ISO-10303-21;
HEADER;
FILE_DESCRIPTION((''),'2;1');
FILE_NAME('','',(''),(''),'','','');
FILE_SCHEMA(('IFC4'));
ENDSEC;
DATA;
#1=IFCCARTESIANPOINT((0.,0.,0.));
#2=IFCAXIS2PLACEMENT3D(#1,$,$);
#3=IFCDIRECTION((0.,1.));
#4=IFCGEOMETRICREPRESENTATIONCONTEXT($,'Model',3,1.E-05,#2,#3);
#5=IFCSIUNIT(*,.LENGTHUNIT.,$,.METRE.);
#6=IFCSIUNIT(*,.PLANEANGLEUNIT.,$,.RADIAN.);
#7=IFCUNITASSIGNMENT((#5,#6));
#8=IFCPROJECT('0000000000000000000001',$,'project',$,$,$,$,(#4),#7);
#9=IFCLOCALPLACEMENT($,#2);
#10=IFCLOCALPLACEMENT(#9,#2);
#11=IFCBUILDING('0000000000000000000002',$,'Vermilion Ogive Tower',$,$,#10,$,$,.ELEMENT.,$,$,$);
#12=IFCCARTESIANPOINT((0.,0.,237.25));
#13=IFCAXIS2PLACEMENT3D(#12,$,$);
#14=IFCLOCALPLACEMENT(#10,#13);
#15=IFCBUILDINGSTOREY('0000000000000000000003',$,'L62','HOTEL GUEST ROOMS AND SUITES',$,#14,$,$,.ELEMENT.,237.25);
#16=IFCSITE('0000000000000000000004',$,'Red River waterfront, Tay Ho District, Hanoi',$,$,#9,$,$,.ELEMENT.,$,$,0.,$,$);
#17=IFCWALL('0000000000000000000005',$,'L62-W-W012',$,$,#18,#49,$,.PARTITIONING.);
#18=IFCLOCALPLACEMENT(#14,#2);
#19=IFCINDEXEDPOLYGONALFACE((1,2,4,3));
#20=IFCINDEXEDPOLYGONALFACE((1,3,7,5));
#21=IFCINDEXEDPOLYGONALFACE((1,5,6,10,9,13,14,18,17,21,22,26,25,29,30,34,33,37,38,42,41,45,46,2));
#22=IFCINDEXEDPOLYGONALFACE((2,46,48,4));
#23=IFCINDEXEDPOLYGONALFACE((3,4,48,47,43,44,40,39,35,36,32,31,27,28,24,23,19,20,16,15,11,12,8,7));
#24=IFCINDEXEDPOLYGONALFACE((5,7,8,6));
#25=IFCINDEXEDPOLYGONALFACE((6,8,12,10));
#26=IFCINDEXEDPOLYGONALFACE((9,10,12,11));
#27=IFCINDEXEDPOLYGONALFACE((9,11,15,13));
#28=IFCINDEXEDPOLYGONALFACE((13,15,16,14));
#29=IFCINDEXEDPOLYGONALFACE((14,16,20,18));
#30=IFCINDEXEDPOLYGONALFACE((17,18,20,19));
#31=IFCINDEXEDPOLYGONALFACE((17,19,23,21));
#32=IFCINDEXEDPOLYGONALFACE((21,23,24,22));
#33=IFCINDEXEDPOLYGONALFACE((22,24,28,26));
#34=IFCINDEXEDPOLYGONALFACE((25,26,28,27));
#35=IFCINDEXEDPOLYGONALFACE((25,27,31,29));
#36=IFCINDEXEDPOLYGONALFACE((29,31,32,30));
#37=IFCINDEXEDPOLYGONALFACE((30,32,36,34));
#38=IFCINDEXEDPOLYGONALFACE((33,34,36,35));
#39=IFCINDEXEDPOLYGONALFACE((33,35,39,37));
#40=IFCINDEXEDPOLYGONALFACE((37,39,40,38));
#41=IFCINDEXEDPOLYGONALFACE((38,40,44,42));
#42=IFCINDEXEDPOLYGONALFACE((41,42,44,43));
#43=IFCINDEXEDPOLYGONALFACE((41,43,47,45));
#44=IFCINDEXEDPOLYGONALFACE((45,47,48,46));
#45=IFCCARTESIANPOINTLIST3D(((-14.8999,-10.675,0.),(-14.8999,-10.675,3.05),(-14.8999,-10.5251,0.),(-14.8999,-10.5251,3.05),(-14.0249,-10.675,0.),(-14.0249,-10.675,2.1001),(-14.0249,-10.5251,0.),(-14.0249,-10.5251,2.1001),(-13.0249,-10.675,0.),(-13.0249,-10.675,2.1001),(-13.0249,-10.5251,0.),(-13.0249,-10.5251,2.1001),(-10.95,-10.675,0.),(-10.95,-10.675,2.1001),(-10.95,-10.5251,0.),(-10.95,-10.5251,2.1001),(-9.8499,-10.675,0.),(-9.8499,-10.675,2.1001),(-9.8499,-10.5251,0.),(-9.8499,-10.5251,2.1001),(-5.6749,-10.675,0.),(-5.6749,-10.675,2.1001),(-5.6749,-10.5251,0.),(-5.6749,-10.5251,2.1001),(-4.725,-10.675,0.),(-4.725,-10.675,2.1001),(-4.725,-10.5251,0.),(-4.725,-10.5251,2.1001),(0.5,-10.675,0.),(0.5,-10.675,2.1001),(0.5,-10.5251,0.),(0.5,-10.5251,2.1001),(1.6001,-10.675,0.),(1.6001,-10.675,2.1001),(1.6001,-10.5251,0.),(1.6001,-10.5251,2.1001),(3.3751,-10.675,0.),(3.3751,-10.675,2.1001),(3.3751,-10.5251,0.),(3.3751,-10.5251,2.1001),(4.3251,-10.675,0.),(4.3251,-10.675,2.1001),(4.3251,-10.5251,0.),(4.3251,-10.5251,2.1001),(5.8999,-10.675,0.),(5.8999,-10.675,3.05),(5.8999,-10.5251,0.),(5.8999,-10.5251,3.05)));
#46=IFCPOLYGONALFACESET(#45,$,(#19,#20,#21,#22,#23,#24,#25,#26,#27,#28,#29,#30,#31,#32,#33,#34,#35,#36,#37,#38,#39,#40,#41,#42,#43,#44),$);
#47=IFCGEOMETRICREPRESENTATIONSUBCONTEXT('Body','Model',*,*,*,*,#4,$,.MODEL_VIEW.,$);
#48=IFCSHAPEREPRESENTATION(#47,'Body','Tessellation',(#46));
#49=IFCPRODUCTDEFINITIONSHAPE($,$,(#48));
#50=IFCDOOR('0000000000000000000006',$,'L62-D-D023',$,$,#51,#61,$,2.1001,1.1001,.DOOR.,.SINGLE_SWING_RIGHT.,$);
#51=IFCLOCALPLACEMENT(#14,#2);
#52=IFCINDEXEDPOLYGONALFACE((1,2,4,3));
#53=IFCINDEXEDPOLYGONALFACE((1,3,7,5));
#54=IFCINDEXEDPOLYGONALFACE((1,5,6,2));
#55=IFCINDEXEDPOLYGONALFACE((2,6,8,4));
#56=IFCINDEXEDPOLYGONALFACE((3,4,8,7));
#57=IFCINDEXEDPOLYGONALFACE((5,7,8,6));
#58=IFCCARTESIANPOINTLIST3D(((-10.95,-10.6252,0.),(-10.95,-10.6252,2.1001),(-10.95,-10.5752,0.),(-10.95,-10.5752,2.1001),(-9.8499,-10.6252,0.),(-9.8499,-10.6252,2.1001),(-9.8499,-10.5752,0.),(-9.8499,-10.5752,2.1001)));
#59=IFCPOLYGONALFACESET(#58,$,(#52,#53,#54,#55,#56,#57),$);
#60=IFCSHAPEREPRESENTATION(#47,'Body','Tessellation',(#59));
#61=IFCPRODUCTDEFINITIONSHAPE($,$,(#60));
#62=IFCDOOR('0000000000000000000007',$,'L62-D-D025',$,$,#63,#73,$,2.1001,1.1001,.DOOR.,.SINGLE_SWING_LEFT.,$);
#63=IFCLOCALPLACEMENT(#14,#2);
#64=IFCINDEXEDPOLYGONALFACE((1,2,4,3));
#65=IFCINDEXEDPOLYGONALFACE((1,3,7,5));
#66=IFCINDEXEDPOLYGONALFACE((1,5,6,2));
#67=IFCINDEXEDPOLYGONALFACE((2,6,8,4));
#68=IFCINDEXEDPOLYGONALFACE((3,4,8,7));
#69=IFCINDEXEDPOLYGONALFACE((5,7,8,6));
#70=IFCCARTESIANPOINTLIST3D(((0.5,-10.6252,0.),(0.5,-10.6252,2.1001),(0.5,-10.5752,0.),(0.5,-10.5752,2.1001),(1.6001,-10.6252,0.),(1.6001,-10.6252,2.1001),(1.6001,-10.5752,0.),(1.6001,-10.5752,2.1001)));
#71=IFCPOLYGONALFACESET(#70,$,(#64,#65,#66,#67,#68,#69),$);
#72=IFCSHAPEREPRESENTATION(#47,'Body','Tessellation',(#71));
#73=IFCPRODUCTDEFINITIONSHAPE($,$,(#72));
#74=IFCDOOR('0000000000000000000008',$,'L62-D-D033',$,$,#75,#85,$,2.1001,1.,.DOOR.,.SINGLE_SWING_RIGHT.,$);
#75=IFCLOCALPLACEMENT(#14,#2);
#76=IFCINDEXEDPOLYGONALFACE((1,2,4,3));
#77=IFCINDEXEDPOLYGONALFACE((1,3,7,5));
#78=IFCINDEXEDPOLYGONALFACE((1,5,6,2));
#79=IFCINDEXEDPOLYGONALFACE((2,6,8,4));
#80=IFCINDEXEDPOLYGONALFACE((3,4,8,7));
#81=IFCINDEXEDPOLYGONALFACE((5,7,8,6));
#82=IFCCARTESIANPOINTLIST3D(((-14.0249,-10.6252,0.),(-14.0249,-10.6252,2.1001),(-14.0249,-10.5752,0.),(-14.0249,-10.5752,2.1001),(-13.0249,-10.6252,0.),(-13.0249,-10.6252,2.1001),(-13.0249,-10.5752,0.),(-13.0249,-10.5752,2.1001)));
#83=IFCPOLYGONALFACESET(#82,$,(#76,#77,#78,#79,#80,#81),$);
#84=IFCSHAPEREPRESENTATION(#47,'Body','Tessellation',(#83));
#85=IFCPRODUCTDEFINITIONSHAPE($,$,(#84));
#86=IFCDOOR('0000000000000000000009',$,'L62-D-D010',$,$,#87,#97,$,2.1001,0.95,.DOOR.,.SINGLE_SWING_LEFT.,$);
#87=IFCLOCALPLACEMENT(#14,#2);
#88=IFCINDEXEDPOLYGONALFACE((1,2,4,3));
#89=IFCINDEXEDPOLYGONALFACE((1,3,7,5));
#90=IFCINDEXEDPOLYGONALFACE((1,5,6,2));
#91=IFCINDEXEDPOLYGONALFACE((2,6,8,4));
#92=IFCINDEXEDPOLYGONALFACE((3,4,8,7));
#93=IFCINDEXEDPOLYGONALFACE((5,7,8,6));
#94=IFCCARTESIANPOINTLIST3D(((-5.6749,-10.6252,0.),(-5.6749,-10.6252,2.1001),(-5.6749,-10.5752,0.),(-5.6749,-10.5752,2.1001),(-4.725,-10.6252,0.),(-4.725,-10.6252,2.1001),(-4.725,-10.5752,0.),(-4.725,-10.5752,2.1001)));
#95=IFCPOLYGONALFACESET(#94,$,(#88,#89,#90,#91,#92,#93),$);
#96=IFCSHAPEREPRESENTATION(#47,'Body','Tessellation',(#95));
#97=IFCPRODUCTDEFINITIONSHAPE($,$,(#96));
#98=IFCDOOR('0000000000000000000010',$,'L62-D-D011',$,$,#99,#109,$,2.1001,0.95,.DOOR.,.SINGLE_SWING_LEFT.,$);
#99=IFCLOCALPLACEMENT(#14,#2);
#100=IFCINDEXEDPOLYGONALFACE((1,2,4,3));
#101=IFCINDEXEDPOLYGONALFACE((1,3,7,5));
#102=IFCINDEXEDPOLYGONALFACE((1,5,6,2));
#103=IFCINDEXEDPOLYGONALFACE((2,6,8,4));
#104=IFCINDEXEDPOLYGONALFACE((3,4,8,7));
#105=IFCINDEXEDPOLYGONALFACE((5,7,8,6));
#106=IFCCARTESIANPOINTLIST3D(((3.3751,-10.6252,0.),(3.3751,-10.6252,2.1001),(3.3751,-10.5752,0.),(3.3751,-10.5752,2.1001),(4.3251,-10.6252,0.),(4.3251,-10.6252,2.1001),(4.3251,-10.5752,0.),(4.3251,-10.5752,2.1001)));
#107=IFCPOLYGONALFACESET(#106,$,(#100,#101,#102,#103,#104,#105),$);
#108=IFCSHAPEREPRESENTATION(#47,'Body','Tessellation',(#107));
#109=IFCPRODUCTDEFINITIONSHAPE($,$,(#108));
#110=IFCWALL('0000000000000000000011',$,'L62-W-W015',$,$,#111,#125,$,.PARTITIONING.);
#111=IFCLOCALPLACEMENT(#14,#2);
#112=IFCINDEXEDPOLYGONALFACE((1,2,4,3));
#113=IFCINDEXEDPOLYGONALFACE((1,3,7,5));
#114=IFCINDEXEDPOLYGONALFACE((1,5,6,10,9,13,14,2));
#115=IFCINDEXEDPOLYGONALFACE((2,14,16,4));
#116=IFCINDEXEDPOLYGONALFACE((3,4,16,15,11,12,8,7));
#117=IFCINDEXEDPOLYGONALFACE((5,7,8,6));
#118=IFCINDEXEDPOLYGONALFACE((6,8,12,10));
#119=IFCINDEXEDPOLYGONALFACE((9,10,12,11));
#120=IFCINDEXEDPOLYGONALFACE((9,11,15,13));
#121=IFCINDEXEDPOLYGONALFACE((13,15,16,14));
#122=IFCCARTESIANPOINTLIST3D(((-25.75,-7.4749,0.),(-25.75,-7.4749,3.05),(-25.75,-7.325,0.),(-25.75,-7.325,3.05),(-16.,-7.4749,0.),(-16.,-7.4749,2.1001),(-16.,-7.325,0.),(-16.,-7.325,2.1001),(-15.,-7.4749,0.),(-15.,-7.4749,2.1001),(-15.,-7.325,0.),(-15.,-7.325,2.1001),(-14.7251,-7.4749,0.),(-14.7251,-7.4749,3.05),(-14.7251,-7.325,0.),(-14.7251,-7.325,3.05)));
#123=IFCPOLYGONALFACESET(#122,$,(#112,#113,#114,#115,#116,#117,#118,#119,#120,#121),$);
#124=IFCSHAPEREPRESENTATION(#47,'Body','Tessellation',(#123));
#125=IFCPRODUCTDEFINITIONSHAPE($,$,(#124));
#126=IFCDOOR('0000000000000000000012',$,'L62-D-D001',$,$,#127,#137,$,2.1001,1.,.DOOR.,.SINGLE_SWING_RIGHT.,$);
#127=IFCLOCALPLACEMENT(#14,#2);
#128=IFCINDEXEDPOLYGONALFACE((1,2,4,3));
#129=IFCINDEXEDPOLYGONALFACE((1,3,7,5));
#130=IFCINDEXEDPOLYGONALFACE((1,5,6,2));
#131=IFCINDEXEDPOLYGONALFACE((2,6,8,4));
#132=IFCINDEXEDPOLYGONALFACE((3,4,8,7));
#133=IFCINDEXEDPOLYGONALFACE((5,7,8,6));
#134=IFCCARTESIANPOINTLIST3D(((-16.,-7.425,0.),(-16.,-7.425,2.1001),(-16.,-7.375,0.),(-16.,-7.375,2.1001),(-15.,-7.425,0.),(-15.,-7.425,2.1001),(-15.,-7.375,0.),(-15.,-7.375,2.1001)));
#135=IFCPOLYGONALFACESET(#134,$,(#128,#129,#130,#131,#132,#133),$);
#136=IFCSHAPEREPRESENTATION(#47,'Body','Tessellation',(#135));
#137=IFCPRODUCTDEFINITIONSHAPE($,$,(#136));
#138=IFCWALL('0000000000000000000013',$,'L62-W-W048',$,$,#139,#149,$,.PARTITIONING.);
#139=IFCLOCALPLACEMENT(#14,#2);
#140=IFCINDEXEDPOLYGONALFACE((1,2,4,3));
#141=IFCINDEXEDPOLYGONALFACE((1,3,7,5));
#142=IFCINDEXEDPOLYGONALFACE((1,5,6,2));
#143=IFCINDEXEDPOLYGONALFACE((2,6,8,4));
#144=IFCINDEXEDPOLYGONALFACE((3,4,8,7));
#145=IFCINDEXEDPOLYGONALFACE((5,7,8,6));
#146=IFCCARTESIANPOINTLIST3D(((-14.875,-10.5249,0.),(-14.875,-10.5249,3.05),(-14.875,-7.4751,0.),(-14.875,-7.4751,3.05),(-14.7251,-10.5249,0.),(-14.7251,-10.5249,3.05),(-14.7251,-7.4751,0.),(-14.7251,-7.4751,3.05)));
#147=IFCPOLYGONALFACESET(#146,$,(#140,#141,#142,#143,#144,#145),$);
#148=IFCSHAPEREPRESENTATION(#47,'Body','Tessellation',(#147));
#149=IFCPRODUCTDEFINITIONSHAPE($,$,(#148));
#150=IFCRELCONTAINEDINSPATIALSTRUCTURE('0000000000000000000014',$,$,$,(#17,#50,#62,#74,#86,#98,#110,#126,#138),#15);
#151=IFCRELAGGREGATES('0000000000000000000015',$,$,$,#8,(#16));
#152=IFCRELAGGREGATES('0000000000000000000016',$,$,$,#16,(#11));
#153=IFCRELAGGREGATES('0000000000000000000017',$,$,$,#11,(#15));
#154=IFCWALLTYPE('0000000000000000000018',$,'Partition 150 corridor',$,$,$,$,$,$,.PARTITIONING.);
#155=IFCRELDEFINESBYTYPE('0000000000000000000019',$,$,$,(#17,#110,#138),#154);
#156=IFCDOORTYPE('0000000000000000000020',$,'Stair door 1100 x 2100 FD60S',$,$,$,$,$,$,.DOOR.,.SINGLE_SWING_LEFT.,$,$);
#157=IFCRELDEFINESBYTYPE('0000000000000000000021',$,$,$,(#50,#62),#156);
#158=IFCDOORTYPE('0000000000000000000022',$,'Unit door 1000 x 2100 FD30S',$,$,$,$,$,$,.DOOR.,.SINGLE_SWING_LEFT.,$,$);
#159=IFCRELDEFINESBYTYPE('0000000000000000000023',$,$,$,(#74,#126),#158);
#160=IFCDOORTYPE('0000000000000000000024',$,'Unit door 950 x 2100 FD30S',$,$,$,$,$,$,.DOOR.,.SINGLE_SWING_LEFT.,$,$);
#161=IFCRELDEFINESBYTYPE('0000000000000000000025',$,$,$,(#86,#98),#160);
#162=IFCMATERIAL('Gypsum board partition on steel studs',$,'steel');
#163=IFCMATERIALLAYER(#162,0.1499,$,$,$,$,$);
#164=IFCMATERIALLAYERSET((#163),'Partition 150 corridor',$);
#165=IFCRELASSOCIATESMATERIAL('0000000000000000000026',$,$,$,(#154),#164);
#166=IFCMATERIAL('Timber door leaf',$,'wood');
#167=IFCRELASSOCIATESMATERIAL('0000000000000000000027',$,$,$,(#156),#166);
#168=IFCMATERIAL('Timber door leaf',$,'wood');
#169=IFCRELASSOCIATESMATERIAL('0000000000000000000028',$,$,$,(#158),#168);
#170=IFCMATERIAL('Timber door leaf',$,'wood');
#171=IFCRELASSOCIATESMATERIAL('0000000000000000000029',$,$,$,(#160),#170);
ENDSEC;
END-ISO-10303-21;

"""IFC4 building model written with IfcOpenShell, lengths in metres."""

from ifc_helpers import new_model, si_unit, direction, frame, frame_2d, origin, place, context, subcontext, project, spatial, rectangle, extrude, material, layer, layer_set, type_object, element, fill, save


model = new_model("IFC4")

# Units and contexts
model_context = context("Model", 3, precision=1e-05, world=origin(), true_north=direction((0.0, 1.0)))
body_context = subcontext(model_context, "Body", "Model", "MODEL_VIEW")
ifc_project = project(units=[si_unit("LENGTHUNIT", "METRE"), si_unit("PLANEANGLEUNIT", "RADIAN")], contexts=[model_context])

# Site, building, storey
site_placement = place(None, origin())
site = spatial("IfcSite", under=ifc_project, at=site_placement, Name="Red River waterfront, Tay Ho District, Hanoi", CompositionType="ELEMENT", RefElevation=0.0)
building_placement = place(site_placement, origin())
building = spatial("IfcBuilding", under=site, at=building_placement, Name="Vermilion Ogive Tower", CompositionType="ELEMENT")
storey_placement = place(building_placement, frame((0.0, 0.0, 237.25)))
storey = spatial("IfcBuildingStorey", under=building, at=storey_placement, Name="L62", Description="HOTEL GUEST ROOMS AND SUITES", CompositionType="ELEMENT", Elevation=237.25)

# Wall, openings, doors
ifc_material_1 = material(Name="Gypsum board partition on steel studs", Category="steel")
ifc_layer_1 = layer(ifc_material_1, 0.1499)
ifc_layer_set_1 = layer_set([ifc_layer_1], Name="Partition 150 corridor")
wall_type = type_object("IfcWallType", Name="Partition 150 corridor", PredefinedType="PARTITIONING", material=ifc_layer_set_1)
wall_1_placement = place(storey_placement, frame((-14.8999, -10.6001, 0.0), z_axis=(0.0, 0.0, 1.0), x_axis=(1.0, 0.0, 0.0)))
wall_1 = element("IfcWall", 1, at=wall_1_placement, inside=storey, type_object=wall_type, Name="L62-W-W012", PredefinedType="PARTITIONING", context=body_context, shape_type="SweptSolid", body=[
    extrude(rectangle(XDim=20.7998, YDim=0.1499, at=frame_2d((10.3999, 0.0))), origin(), (0.0, 0.0, 1.0), 3.05),
])
opening_1_placement = place(wall_1_placement, frame((9.2249, 0.0, 0.0)))
opening_1 = element("IfcOpeningElement", 2, at=opening_1_placement, cuts=wall_1, PredefinedType="OPENING", context=body_context, shape_type="SweptSolid", body=[
    extrude(rectangle(XDim=0.95, YDim=2.1001, at=frame_2d((0.4751, 1.05))), frame((0.0, 0.085, 0.0), z_axis=(0.0, -1.0, 0.0), x_axis=(1.0, 0.0, 0.0)), (0.0, 0.0, 1.0), 0.1699),
])
opening_2_placement = place(wall_1_placement, frame((18.2749, 0.0, 0.0)))
opening_2 = element("IfcOpeningElement", 3, at=opening_2_placement, cuts=wall_1, PredefinedType="OPENING", context=body_context, shape_type="SweptSolid", body=[
    extrude(rectangle(XDim=0.95, YDim=2.1001, at=frame_2d((0.4751, 1.05))), frame((0.0, 0.085, 0.0), z_axis=(0.0, -1.0, 0.0), x_axis=(1.0, 0.0, 0.0)), (0.0, 0.0, 1.0), 0.1699),
])
opening_3_placement = place(wall_1_placement, frame((3.95, 0.0, 0.0)))
opening_3 = element("IfcOpeningElement", 4, at=opening_3_placement, cuts=wall_1, PredefinedType="OPENING", context=body_context, shape_type="SweptSolid", body=[
    extrude(rectangle(XDim=1.1001, YDim=2.1001, at=frame_2d((0.55, 1.05))), frame((0.0, 0.085, 0.0), z_axis=(0.0, -1.0, 0.0), x_axis=(1.0, 0.0, 0.0)), (0.0, 0.0, 1.0), 0.1699),
])
opening_4_placement = place(wall_1_placement, frame((15.3999, 0.0, 0.0)))
opening_4 = element("IfcOpeningElement", 5, at=opening_4_placement, cuts=wall_1, PredefinedType="OPENING", context=body_context, shape_type="SweptSolid", body=[
    extrude(rectangle(XDim=1.1001, YDim=2.1001, at=frame_2d((0.55, 1.05))), frame((0.0, 0.085, 0.0), z_axis=(0.0, -1.0, 0.0), x_axis=(1.0, 0.0, 0.0)), (0.0, 0.0, 1.0), 0.1699),
])
opening_5_placement = place(wall_1_placement, frame((0.875, 0.0, 0.0)))
opening_5 = element("IfcOpeningElement", 6, at=opening_5_placement, cuts=wall_1, PredefinedType="OPENING", context=body_context, shape_type="SweptSolid", body=[
    extrude(rectangle(XDim=1.0, YDim=2.1001, at=frame_2d((0.5, 1.05))), frame((0.0, 0.085, 0.0), z_axis=(0.0, -1.0, 0.0), x_axis=(1.0, 0.0, 0.0)), (0.0, 0.0, 1.0), 0.1699),
])
ifc_material_2 = material(Name="Timber door leaf", Category="wood")
door_type_1 = type_object("IfcDoorType", Name="Stair door 1100 x 2100 FD60S", OperationType="SINGLE_SWING_LEFT", PredefinedType="DOOR", material=ifc_material_2)
door_1_placement = place(opening_3_placement, origin())
door_1 = element("IfcDoor", 7, at=door_1_placement, inside=storey, type_object=door_type_1, Name="L62-D-D023", OperationType="SINGLE_SWING_RIGHT", OverallHeight=2.1001, OverallWidth=1.1001, PredefinedType="DOOR", context=body_context, shape_type="SweptSolid", body=[
    extrude(rectangle(XDim=1.1001, YDim=2.1001, at=frame_2d((0.55, 1.05))), frame((0.0, 0.0249, 0.0), z_axis=(0.0, -1.0, 0.0), x_axis=(1.0, 0.0, 0.0)), (0.0, 0.0, 1.0), 0.05),
])
fill(opening_3, door_1)
door_2_placement = place(opening_4_placement, origin())
door_2 = element("IfcDoor", 8, at=door_2_placement, inside=storey, type_object=door_type_1, Name="L62-D-D025", OperationType="SINGLE_SWING_LEFT", OverallHeight=2.1001, OverallWidth=1.1001, PredefinedType="DOOR", context=body_context, shape_type="SweptSolid", body=[
    extrude(rectangle(XDim=1.1001, YDim=2.1001, at=frame_2d((0.55, 1.05))), frame((0.0, 0.0249, 0.0), z_axis=(0.0, -1.0, 0.0), x_axis=(1.0, 0.0, 0.0)), (0.0, 0.0, 1.0), 0.05),
])
fill(opening_4, door_2)
ifc_material_3 = material(Name="Timber door leaf", Category="wood")
door_type_2 = type_object("IfcDoorType", Name="Unit door 1000 x 2100 FD30S", OperationType="SINGLE_SWING_LEFT", PredefinedType="DOOR", material=ifc_material_3)
door_3_placement = place(opening_5_placement, origin())
door_3 = element("IfcDoor", 9, at=door_3_placement, inside=storey, type_object=door_type_2, Name="L62-D-D033", OperationType="SINGLE_SWING_RIGHT", OverallHeight=2.1001, OverallWidth=1.0, PredefinedType="DOOR", context=body_context, shape_type="SweptSolid", body=[
    extrude(rectangle(XDim=1.0, YDim=2.1001, at=frame_2d((0.5, 1.05))), frame((0.0, 0.0249, 0.0), z_axis=(0.0, -1.0, 0.0), x_axis=(1.0, 0.0, 0.0)), (0.0, 0.0, 1.0), 0.05),
])
fill(opening_5, door_3)
ifc_material_4 = material(Name="Timber door leaf", Category="wood")
door_type_3 = type_object("IfcDoorType", Name="Unit door 950 x 2100 FD30S", OperationType="SINGLE_SWING_LEFT", PredefinedType="DOOR", material=ifc_material_4)
door_4_placement = place(opening_1_placement, origin())
door_4 = element("IfcDoor", 10, at=door_4_placement, inside=storey, type_object=door_type_3, Name="L62-D-D010", OperationType="SINGLE_SWING_LEFT", OverallHeight=2.1001, OverallWidth=0.95, PredefinedType="DOOR", context=body_context, shape_type="SweptSolid", body=[
    extrude(rectangle(XDim=0.95, YDim=2.1001, at=frame_2d((0.4751, 1.05))), frame((0.0, 0.0249, 0.0), z_axis=(0.0, -1.0, 0.0), x_axis=(1.0, 0.0, 0.0)), (0.0, 0.0, 1.0), 0.05),
])
fill(opening_1, door_4)
door_5_placement = place(opening_2_placement, origin())
door_5 = element("IfcDoor", 11, at=door_5_placement, inside=storey, type_object=door_type_3, Name="L62-D-D011", OperationType="SINGLE_SWING_LEFT", OverallHeight=2.1001, OverallWidth=0.95, PredefinedType="DOOR", context=body_context, shape_type="SweptSolid", body=[
    extrude(rectangle(XDim=0.95, YDim=2.1001, at=frame_2d((0.4751, 1.05))), frame((0.0, 0.0249, 0.0), z_axis=(0.0, -1.0, 0.0), x_axis=(1.0, 0.0, 0.0)), (0.0, 0.0, 1.0), 0.05),
])
fill(opening_2, door_5)

# Wall, opening, door
wall_2_placement = place(storey_placement, frame((-25.75, -7.3999, 0.0), z_axis=(0.0, 0.0, 1.0), x_axis=(1.0, 0.0, 0.0)))
wall_2 = element("IfcWall", 12, at=wall_2_placement, inside=storey, type_object=wall_type, Name="L62-W-W015", PredefinedType="PARTITIONING", context=body_context, shape_type="SweptSolid", body=[
    extrude(rectangle(XDim=11.0249, YDim=0.1499, at=frame_2d((5.5125, 0.0))), origin(), (0.0, 0.0, 1.0), 3.05),
])
opening_6_placement = place(wall_2_placement, frame((9.75, 0.0, 0.0)))
opening_6 = element("IfcOpeningElement", 13, at=opening_6_placement, cuts=wall_2, PredefinedType="OPENING", context=body_context, shape_type="SweptSolid", body=[
    extrude(rectangle(XDim=1.0, YDim=2.1001, at=frame_2d((0.5, 1.05))), frame((0.0, 0.085, 0.0), z_axis=(0.0, -1.0, 0.0), x_axis=(1.0, 0.0, 0.0)), (0.0, 0.0, 1.0), 0.1699),
])
door_6_placement = place(opening_6_placement, origin())
door_6 = element("IfcDoor", 14, at=door_6_placement, inside=storey, type_object=door_type_2, Name="L62-D-D001", OperationType="SINGLE_SWING_RIGHT", OverallHeight=2.1001, OverallWidth=1.0, PredefinedType="DOOR", context=body_context, shape_type="SweptSolid", body=[
    extrude(rectangle(XDim=1.0, YDim=2.1001, at=frame_2d((0.5, 1.05))), frame((0.0, 0.0249, 0.0), z_axis=(0.0, -1.0, 0.0), x_axis=(1.0, 0.0, 0.0)), (0.0, 0.0, 1.0), 0.05),
])
fill(opening_6, door_6)

# Wall
wall_3_placement = place(storey_placement, frame((-14.8, -10.5249, 0.0), z_axis=(0.0, 0.0, 1.0), x_axis=(0.0, 1.0, 0.0)))
element("IfcWall", 15, at=wall_3_placement, inside=storey, type_object=wall_type, Name="L62-W-W048", PredefinedType="PARTITIONING", context=body_context, shape_type="SweptSolid", body=[
    extrude(rectangle(XDim=3.0498, YDim=0.1499, at=frame_2d((1.5249, 0.0))), origin(), (0.0, 0.0, 1.0), 3.05),
])

save(model, "model.ifc")
